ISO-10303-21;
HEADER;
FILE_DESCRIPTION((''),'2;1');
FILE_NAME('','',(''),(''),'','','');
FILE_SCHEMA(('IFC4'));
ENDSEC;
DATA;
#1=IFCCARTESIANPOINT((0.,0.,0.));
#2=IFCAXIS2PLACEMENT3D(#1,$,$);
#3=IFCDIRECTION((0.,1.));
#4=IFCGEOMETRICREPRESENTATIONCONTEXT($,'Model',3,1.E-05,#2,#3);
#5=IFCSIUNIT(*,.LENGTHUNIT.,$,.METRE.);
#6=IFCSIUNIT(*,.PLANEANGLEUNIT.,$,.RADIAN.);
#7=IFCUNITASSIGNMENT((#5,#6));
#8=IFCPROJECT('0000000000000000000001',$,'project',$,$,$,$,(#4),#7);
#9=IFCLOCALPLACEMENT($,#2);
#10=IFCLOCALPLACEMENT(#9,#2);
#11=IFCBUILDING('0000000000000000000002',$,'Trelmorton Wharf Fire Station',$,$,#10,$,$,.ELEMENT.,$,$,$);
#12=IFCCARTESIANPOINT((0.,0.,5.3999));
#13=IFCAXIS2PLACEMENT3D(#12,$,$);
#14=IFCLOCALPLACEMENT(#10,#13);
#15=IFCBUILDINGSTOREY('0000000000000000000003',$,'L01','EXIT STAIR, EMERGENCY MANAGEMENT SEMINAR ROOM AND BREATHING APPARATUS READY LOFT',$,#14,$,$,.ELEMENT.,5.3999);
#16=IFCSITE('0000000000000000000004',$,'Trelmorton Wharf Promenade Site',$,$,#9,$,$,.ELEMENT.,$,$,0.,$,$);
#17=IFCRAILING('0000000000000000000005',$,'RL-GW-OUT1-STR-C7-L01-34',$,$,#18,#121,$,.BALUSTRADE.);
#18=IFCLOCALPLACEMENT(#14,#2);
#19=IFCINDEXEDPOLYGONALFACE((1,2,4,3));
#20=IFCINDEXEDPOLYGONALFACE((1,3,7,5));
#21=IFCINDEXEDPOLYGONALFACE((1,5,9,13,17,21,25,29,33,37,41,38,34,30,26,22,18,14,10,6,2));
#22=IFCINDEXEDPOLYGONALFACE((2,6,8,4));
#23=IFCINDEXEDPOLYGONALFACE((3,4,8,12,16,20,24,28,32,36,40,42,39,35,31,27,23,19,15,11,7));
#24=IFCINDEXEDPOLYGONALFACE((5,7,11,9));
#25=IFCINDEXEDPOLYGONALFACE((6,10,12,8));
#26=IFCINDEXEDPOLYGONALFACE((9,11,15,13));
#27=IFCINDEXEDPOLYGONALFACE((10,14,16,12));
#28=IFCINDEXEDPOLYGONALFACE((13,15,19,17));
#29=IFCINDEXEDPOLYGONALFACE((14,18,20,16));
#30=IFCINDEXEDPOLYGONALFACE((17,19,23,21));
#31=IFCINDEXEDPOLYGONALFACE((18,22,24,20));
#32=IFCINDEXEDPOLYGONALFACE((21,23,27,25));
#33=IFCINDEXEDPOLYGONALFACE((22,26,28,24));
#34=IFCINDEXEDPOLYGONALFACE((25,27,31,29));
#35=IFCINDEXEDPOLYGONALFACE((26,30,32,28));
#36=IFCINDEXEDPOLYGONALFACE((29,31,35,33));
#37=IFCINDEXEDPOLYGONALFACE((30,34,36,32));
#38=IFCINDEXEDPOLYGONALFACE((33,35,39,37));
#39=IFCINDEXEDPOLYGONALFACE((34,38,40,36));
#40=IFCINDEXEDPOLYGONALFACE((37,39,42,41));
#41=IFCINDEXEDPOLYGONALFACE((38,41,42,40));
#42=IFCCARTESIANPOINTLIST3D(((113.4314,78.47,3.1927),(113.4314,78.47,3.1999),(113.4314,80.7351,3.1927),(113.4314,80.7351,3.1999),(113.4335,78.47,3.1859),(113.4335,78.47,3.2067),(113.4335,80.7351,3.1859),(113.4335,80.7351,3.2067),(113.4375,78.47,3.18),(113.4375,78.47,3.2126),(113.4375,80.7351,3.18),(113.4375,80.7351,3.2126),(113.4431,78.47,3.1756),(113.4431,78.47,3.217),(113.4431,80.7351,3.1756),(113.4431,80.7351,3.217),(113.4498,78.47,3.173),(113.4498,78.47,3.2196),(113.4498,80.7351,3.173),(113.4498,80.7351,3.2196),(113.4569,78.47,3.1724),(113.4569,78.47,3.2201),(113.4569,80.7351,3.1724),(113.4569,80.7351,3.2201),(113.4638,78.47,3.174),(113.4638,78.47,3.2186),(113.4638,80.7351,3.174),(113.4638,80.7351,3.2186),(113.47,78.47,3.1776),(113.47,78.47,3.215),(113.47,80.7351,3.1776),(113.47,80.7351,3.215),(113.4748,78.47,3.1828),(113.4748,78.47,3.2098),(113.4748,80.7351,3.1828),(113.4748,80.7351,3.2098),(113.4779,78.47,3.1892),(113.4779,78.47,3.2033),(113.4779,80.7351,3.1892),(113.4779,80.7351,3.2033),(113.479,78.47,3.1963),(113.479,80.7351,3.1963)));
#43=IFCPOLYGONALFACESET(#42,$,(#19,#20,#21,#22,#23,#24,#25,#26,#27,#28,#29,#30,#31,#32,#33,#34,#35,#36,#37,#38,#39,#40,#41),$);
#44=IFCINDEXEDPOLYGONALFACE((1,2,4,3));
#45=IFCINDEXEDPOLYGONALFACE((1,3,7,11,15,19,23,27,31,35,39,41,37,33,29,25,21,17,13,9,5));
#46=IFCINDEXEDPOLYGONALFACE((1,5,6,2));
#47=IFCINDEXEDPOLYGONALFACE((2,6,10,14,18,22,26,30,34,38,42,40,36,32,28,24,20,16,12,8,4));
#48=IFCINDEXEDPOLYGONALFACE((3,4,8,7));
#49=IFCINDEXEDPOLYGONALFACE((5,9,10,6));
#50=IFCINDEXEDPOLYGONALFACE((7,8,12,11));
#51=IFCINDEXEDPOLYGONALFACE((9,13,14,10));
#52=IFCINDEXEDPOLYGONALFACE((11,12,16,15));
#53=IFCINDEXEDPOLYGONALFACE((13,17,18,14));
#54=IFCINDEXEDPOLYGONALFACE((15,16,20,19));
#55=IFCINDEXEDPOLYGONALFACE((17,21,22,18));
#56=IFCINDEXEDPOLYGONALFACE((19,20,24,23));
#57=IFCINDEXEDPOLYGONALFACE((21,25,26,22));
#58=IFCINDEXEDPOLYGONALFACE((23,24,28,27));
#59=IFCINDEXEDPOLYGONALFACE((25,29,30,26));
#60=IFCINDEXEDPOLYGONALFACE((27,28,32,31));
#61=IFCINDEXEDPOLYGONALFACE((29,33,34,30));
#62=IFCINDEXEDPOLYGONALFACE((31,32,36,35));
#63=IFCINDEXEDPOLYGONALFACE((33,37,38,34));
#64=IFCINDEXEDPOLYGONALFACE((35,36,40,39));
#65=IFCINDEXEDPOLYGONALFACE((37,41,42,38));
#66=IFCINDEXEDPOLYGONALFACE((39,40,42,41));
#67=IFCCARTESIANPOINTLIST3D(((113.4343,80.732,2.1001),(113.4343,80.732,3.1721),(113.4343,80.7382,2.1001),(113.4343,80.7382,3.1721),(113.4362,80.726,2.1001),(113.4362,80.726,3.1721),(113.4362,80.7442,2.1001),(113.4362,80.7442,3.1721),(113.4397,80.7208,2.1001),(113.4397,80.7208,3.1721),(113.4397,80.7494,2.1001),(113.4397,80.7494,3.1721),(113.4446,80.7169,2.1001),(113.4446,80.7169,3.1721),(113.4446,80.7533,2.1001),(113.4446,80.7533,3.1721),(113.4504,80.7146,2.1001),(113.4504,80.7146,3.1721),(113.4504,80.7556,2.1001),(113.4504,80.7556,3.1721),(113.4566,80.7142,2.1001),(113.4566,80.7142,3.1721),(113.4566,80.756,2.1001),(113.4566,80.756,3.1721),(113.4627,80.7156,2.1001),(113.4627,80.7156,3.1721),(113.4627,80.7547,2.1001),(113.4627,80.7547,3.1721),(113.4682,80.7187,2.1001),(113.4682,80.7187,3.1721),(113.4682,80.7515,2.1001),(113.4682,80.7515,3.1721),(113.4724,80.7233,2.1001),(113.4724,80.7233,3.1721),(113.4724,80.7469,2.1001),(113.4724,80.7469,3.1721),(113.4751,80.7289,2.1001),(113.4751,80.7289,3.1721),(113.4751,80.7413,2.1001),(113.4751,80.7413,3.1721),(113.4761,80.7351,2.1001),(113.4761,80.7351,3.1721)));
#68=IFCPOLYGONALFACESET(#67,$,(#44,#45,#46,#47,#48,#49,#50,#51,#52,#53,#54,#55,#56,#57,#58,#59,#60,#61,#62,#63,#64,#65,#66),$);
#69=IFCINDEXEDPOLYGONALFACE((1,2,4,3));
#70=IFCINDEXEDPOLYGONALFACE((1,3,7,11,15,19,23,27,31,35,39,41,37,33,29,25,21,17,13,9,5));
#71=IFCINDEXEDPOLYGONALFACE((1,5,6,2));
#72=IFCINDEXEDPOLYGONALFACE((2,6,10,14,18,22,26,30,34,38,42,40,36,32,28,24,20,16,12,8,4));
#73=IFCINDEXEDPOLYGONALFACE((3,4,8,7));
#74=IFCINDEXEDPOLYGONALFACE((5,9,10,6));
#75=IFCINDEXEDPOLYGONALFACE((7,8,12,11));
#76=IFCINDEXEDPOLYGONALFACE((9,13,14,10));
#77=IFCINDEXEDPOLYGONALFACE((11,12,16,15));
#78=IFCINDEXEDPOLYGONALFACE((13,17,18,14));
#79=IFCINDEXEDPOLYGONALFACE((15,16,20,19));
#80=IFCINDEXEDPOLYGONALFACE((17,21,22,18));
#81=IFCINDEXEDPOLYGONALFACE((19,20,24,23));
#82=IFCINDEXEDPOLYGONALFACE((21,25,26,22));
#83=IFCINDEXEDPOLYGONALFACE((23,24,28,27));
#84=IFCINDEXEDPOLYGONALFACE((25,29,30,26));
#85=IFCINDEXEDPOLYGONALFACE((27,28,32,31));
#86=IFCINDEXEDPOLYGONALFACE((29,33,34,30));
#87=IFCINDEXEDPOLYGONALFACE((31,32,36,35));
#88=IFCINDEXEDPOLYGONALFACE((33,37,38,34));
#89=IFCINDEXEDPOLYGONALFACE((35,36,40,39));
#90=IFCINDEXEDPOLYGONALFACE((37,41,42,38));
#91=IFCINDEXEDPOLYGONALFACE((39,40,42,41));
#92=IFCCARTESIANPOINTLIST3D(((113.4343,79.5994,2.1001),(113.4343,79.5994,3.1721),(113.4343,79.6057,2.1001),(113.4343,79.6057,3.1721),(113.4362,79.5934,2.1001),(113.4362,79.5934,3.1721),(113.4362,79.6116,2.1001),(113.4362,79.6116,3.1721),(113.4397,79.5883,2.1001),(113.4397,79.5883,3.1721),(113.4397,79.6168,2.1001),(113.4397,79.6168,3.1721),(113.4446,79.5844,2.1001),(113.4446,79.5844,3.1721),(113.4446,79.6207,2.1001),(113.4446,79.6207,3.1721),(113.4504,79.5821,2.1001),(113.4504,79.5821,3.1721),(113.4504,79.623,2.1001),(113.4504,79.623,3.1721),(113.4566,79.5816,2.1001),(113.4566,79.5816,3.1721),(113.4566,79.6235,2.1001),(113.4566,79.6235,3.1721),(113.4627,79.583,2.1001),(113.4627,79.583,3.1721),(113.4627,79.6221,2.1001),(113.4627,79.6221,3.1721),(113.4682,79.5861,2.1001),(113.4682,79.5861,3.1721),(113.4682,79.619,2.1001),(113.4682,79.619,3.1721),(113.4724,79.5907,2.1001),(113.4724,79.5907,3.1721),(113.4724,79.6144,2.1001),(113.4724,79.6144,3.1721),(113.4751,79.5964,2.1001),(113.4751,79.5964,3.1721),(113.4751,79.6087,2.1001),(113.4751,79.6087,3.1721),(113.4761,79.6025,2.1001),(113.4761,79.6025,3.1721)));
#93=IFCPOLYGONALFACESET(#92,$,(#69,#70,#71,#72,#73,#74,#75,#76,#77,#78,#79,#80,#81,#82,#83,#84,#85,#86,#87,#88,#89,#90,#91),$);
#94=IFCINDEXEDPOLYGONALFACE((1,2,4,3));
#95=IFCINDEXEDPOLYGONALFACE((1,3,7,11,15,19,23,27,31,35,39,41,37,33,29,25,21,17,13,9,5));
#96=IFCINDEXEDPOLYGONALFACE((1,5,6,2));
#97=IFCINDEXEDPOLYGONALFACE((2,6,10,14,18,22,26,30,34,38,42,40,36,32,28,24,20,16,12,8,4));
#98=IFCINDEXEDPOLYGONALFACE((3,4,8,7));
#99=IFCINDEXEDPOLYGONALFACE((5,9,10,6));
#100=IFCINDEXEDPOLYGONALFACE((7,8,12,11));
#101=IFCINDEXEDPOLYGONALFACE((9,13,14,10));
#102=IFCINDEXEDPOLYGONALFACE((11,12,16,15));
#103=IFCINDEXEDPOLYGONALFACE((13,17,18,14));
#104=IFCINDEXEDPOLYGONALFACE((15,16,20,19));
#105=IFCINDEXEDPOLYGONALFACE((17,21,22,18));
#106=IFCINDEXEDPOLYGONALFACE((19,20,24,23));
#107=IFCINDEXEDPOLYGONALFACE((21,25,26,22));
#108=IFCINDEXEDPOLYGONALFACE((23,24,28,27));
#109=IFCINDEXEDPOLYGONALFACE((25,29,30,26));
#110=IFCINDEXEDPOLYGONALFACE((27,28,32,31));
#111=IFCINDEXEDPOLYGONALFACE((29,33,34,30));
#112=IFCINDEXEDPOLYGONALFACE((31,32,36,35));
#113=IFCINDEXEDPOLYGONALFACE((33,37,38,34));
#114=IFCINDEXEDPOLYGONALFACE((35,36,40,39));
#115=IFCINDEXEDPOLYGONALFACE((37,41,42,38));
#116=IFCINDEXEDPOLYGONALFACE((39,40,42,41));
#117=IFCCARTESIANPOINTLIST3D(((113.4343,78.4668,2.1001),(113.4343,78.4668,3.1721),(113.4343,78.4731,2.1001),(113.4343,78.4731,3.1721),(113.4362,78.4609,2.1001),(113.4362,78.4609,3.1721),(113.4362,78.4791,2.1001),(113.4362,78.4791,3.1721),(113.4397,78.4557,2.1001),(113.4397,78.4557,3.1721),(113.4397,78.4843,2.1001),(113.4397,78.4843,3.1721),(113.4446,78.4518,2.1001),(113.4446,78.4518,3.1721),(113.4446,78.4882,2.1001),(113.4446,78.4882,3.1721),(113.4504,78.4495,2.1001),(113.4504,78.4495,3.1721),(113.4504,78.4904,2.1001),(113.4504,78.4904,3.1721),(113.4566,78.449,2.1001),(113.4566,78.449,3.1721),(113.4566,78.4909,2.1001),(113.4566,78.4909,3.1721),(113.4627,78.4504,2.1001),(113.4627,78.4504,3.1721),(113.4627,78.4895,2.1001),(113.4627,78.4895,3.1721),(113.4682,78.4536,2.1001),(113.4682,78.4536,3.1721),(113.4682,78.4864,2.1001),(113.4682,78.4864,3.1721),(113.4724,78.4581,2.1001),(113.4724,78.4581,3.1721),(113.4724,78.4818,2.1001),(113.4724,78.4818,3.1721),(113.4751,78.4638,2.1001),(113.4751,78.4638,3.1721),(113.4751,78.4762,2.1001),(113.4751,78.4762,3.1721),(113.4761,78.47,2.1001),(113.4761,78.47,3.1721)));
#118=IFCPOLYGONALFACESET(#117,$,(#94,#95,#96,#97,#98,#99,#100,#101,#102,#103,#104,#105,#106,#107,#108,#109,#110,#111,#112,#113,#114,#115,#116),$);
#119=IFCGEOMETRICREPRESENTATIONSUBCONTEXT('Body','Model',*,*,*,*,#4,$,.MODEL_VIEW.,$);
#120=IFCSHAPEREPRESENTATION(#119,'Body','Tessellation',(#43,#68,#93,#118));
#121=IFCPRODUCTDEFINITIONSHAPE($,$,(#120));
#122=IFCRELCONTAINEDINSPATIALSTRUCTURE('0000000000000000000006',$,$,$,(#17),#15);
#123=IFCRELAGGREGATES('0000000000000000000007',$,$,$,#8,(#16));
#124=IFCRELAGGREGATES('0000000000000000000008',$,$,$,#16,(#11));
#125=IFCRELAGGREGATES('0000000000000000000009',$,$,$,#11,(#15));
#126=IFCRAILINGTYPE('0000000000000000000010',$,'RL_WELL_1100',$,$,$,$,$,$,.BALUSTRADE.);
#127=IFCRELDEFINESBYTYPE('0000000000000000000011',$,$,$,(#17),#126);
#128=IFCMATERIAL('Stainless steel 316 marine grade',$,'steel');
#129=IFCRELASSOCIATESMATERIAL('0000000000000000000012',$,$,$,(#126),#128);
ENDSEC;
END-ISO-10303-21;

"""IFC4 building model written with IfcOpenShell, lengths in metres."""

from ifc_helpers import new_model, si_unit, direction, frame, origin, origin_2d, place, context, subcontext, project, spatial, circle, extrude, material, type_object, element, save


model = new_model("IFC4")

# Units and contexts
model_context = context("Model", 3, precision=1e-05, world=origin(), true_north=direction((0.0, 1.0)))
body_context = subcontext(model_context, "Body", "Model", "MODEL_VIEW")
ifc_project = project(units=[si_unit("LENGTHUNIT", "METRE"), si_unit("PLANEANGLEUNIT", "RADIAN")], contexts=[model_context])

# Site, building, storey
site_placement = place(None, origin())
site = spatial("IfcSite", under=ifc_project, at=site_placement, Name="Trelmorton Wharf Promenade Site", CompositionType="ELEMENT", RefElevation=0.0)
building_placement = place(site_placement, origin())
building = spatial("IfcBuilding", under=site, at=building_placement, Name="Trelmorton Wharf Fire Station", CompositionType="ELEMENT")
storey_placement = place(building_placement, frame((0.0, 0.0, 5.3999)))
storey = spatial("IfcBuildingStorey", under=building, at=storey_placement, Name="L01", Description="EXIT STAIR, EMERGENCY MANAGEMENT SEMINAR ROOM AND BREATHING APPARATUS READY LOFT", CompositionType="ELEMENT", Elevation=5.3999)

# Shared definitions
ifc_material_1 = material(Name="Stainless steel 316 marine grade", Category="steel")

# Railing
railing_type_1 = type_object("IfcRailingType", Name="RL_WELL_1100", PredefinedType="BALUSTRADE", material=ifc_material_1)
railing_1_placement = place(storey_placement, frame((113.4551, 80.7351, 2.1001)))
element("IfcRailing", 1, at=railing_1_placement, inside=storey, type_object=railing_type_1, Name="RL-GW-OUT1-STR-C7-L01-34", PredefinedType="BALUSTRADE", context=body_context, shape_type="SweptSolid", body=[
    extrude(circle(Radius=0.0239, at=origin_2d()), frame((0.0, 0.0, 1.0962), z_axis=(0.0, -1.0, 0.0), x_axis=(1.0, 0.0, 0.0)), (0.0, 0.0, 1.0), 2.2651),
    extrude(circle(Radius=0.021, at=origin_2d()), origin(), (0.0, 0.0, 1.0), 1.072),
    extrude(circle(Radius=0.021, at=origin_2d()), frame((0.0, -1.1326, 0.0)), (0.0, 0.0, 1.0), 1.072),
    extrude(circle(Radius=0.021, at=origin_2d()), frame((0.0, -2.2651, 0.0)), (0.0, 0.0, 1.0), 1.072),
])

save(model, "model.ifc")
